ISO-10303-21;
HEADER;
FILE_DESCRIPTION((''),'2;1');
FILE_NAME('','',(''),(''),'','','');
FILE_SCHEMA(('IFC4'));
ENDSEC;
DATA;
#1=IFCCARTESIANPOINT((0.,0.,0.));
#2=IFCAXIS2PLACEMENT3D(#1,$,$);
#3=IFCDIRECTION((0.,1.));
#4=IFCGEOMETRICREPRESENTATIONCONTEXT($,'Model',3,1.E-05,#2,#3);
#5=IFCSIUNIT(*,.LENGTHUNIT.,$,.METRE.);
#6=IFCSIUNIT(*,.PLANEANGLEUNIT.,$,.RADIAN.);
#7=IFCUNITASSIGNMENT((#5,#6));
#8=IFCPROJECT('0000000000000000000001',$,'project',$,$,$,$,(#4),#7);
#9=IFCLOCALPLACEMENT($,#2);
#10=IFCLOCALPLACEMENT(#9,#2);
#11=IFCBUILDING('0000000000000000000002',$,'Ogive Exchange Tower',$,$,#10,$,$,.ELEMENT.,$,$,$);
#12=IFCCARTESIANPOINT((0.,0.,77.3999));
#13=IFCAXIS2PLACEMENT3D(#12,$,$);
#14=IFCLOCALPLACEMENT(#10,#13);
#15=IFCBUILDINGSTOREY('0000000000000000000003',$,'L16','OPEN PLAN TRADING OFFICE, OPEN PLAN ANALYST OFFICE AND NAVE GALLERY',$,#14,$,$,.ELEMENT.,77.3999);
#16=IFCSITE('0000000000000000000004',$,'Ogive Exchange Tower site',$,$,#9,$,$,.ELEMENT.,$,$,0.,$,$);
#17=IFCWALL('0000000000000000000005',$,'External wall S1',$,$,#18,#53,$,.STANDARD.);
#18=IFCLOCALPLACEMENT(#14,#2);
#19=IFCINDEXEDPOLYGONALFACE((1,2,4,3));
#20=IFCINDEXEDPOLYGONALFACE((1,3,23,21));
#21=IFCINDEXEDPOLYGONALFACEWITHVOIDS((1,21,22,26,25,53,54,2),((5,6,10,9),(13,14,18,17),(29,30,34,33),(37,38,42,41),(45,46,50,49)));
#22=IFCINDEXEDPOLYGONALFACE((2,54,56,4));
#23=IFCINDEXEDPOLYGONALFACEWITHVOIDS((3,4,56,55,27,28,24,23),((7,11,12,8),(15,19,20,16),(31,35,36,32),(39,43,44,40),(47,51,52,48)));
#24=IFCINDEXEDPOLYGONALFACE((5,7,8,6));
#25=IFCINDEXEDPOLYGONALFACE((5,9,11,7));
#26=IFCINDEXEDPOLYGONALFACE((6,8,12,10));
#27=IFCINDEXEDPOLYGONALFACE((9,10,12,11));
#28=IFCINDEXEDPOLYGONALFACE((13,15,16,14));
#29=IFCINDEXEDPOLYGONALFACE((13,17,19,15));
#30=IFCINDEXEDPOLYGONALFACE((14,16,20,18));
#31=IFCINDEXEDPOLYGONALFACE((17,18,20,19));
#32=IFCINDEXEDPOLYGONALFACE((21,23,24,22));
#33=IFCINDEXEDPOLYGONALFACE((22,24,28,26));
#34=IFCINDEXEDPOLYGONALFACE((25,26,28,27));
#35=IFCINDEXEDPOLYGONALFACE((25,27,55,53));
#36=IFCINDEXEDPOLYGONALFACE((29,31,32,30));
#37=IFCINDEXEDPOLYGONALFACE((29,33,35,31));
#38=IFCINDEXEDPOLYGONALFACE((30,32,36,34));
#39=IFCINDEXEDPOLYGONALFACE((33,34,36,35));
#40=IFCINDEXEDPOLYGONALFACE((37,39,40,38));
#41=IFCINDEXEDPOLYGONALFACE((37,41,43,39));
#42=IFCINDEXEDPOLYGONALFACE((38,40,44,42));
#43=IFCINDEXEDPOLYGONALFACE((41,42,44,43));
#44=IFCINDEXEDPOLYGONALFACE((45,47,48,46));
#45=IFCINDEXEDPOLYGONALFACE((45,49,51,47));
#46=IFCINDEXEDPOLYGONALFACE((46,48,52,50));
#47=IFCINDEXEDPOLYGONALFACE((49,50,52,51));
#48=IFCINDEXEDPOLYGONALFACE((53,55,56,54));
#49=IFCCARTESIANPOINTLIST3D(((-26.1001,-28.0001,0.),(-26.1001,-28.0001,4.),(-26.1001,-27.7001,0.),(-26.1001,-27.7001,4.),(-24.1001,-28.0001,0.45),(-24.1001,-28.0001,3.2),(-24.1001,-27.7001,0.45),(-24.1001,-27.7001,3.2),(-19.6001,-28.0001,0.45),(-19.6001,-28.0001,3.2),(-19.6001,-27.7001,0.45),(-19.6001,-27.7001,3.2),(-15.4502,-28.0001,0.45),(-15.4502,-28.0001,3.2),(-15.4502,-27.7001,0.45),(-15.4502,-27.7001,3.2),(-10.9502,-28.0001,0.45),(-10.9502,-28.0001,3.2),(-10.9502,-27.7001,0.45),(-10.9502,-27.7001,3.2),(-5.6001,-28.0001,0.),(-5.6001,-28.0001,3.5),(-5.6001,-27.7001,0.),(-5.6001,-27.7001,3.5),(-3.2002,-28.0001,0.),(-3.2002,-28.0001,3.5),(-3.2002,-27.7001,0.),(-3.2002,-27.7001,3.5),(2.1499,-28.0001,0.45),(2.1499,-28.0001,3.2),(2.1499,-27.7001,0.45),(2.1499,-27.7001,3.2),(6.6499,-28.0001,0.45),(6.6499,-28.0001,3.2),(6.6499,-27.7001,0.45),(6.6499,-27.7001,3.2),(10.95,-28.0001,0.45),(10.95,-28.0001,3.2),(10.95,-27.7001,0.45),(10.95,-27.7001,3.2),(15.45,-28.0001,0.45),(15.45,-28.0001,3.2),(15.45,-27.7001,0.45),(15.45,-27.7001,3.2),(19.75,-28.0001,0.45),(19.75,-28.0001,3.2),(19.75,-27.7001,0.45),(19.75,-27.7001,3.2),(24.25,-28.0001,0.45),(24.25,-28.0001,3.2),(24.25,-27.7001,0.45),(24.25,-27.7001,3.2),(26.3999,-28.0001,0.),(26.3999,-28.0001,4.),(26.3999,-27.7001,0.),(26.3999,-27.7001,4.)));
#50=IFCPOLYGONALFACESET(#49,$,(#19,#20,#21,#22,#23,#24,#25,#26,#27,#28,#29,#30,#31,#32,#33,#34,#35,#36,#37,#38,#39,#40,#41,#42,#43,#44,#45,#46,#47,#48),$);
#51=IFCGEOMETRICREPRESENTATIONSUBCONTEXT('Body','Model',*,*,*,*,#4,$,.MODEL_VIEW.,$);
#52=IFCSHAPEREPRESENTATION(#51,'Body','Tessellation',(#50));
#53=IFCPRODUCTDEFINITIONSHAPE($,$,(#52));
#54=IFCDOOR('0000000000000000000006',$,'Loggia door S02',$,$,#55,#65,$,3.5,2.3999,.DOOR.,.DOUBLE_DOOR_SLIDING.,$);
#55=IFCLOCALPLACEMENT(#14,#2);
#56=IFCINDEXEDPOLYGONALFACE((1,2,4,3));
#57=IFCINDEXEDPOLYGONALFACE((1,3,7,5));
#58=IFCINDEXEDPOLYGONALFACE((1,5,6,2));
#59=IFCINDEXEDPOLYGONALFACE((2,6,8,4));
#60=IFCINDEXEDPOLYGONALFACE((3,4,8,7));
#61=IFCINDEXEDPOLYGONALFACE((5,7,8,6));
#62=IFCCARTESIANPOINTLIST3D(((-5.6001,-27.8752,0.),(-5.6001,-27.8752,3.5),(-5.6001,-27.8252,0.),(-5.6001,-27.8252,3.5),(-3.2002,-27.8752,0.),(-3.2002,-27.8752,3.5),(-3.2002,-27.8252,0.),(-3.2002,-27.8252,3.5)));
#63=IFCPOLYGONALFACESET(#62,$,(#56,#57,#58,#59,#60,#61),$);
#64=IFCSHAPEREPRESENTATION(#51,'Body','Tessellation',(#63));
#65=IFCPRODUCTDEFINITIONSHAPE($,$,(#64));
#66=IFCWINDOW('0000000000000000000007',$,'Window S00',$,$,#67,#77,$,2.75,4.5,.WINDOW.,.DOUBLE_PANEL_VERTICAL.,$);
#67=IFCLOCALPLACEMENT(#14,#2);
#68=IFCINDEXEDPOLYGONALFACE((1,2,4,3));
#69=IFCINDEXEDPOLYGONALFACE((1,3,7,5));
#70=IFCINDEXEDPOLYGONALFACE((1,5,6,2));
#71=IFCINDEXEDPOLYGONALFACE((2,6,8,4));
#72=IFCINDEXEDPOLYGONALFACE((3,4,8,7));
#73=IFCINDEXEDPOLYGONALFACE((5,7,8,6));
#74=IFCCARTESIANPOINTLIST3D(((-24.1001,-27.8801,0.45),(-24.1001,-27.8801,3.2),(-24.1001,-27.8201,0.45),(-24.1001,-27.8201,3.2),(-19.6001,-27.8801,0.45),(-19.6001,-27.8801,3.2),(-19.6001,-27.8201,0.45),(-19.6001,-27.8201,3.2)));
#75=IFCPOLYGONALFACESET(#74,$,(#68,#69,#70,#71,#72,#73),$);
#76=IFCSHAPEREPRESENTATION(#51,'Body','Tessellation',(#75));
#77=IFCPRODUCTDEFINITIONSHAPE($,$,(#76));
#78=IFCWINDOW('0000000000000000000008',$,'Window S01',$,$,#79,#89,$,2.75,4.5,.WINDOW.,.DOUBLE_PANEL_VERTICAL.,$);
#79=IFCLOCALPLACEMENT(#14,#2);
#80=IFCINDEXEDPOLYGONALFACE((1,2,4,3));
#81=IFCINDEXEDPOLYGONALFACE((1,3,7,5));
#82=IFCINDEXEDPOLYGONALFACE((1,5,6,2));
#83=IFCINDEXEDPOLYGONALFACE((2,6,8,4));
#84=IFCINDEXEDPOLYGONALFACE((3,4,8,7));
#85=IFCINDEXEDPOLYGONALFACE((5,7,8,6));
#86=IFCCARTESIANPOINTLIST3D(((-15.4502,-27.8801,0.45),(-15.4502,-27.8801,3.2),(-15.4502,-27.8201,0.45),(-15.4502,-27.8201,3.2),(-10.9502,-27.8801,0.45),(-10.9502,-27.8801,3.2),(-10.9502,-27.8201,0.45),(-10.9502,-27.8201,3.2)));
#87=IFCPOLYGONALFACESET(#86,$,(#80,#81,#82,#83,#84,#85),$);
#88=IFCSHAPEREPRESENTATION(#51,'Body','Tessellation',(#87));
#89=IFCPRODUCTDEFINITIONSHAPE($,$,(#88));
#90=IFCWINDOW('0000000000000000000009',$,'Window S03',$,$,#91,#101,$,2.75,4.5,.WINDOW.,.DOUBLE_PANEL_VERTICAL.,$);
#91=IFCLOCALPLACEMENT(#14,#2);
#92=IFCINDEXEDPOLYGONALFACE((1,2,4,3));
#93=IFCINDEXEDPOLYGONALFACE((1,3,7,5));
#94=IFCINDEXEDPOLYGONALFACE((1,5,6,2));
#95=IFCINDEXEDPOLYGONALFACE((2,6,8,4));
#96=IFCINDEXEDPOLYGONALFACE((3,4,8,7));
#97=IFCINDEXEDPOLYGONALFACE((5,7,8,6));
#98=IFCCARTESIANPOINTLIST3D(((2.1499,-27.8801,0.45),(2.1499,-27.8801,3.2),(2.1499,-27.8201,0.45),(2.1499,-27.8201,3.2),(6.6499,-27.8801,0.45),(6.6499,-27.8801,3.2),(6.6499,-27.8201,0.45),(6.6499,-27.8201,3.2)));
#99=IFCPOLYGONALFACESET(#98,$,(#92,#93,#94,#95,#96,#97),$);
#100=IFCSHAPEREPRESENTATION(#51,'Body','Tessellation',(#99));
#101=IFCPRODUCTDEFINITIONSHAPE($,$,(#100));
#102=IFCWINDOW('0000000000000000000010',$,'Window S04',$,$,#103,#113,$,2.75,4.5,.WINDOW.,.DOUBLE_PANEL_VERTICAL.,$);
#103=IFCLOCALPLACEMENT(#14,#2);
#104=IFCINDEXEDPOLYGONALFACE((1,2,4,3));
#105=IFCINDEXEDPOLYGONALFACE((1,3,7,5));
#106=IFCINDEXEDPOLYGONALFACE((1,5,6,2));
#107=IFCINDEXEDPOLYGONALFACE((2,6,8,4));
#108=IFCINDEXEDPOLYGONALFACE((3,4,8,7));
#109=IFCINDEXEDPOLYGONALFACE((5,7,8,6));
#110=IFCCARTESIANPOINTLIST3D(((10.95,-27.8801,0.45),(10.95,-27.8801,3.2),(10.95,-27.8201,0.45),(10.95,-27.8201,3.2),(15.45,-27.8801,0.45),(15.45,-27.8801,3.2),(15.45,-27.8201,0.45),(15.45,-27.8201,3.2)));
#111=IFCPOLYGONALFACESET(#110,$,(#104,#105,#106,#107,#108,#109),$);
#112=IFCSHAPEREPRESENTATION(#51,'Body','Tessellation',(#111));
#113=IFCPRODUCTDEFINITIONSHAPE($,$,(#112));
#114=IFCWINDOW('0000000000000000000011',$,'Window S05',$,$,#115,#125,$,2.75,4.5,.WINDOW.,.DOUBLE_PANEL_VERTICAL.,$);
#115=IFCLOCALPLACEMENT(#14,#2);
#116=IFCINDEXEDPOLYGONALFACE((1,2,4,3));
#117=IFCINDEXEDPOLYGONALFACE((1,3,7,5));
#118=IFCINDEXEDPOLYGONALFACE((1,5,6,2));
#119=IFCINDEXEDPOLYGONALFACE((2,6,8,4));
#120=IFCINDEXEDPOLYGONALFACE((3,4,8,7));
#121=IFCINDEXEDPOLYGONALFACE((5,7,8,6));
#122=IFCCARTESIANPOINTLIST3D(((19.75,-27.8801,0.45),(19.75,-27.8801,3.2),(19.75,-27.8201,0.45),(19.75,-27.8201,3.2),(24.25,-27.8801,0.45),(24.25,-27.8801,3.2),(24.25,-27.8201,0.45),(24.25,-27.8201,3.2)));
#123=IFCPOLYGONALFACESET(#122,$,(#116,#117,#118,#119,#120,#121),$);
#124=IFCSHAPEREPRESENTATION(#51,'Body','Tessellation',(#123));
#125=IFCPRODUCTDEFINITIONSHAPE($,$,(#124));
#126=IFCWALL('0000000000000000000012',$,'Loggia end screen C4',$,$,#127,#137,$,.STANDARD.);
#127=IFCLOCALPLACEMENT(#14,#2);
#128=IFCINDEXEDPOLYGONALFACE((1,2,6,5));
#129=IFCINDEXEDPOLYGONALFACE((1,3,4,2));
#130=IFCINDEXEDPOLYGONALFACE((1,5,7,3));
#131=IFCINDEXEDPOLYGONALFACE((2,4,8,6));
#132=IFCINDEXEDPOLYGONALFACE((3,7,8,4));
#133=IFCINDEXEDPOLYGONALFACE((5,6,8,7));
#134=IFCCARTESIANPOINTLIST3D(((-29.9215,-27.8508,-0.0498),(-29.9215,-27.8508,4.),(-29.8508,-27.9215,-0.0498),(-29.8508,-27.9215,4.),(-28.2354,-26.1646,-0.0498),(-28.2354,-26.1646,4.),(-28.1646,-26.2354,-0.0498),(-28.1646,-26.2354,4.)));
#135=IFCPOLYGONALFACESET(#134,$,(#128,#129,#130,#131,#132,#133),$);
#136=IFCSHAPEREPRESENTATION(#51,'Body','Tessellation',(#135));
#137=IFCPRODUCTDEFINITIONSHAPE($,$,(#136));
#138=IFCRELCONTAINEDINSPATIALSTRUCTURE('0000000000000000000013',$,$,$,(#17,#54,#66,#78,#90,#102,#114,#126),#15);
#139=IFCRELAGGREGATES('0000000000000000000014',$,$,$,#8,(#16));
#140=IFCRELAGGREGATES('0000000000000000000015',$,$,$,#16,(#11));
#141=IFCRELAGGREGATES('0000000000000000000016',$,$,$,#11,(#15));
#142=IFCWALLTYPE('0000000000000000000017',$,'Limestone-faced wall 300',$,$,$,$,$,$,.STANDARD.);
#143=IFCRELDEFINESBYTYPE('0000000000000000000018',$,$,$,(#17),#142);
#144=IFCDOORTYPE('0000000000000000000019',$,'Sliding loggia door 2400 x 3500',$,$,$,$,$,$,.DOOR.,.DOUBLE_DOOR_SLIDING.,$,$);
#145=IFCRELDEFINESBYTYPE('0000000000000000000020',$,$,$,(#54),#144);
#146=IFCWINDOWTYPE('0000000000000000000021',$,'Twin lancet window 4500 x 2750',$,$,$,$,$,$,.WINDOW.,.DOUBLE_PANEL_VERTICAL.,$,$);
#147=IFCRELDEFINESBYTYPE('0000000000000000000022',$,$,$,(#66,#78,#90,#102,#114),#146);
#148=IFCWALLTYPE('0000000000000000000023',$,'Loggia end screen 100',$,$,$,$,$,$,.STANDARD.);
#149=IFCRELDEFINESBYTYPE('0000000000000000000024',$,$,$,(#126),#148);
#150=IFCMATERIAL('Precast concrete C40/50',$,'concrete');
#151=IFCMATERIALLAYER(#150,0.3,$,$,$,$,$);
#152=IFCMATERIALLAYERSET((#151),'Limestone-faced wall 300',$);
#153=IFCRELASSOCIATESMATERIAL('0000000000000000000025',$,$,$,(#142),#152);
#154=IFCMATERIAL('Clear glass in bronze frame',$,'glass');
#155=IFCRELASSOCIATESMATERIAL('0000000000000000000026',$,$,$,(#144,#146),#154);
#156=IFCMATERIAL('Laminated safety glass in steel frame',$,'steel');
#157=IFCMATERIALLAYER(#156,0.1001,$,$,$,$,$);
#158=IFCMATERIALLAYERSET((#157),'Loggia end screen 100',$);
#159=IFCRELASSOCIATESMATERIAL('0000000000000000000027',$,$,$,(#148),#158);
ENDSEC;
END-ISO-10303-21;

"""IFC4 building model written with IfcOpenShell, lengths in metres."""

from ifc_helpers import new_model, si_unit, direction, frame, frame_2d, origin, place, context, subcontext, project, spatial, rectangle, extrude, material, layer, layer_set, type_object, element, fill, save


model = new_model("IFC4")

# Units and contexts
model_context = context("Model", 3, precision=1e-05, world=origin(), true_north=direction((0.0, 1.0)))
body_context = subcontext(model_context, "Body", "Model", "MODEL_VIEW")
ifc_project = project(units=[si_unit("LENGTHUNIT", "METRE"), si_unit("PLANEANGLEUNIT", "RADIAN")], contexts=[model_context])

# Site, building, storey
site_placement = place(None, origin())
site = spatial("IfcSite", under=ifc_project, at=site_placement, Name="Ogive Exchange Tower site", CompositionType="ELEMENT", RefElevation=0.0)
building_placement = place(site_placement, origin())
building = spatial("IfcBuilding", under=site, at=building_placement, Name="Ogive Exchange Tower", CompositionType="ELEMENT")
storey_placement = place(building_placement, frame((0.0, 0.0, 77.3999)))
storey = spatial("IfcBuildingStorey", under=building, at=storey_placement, Name="L16", Description="OPEN PLAN TRADING OFFICE, OPEN PLAN ANALYST OFFICE AND NAVE GALLERY", CompositionType="ELEMENT", Elevation=77.3999)

# Wall, openings, door, windows
ifc_material_1 = material(Name="Precast concrete C40/50", Category="concrete")
ifc_layer_1 = layer(ifc_material_1, 0.3)
ifc_layer_set_1 = layer_set([ifc_layer_1], Name="Limestone-faced wall 300")
wall_type_1 = type_object("IfcWallType", Name="Limestone-faced wall 300", PredefinedType="STANDARD", material=ifc_layer_set_1)
wall_1_placement = place(storey_placement, frame((-26.1001, -27.8501, 0.0), z_axis=(0.0, 0.0, 1.0), x_axis=(1.0, 0.0, 0.0)))
wall_1 = element("IfcWall", 1, at=wall_1_placement, inside=storey, type_object=wall_type_1, Name="External wall S1", PredefinedType="STANDARD", context=body_context, shape_type="SweptSolid", body=[
    extrude(rectangle(XDim=52.5, YDim=0.3, at=frame_2d((26.25, 0.0))), origin(), (0.0, 0.0, 1.0), 4.0),
])
opening_1_placement = place(wall_1_placement, frame((2.0, 0.0, 0.45)))
opening_1 = element("IfcOpeningElement", 2, at=opening_1_placement, cuts=wall_1, PredefinedType="OPENING", context=body_context, shape_type="SweptSolid", body=[
    extrude(rectangle(XDim=4.5, YDim=2.75, at=frame_2d((2.25, 1.375))), frame((0.0, 0.1599, 0.0), z_axis=(0.0, -1.0, 0.0), x_axis=(1.0, 0.0, 0.0)), (0.0, 0.0, 1.0), 0.3201),
])
opening_2_placement = place(wall_1_placement, frame((10.6499, 0.0, 0.45)))
opening_2 = element("IfcOpeningElement", 3, at=opening_2_placement, cuts=wall_1, PredefinedType="OPENING", context=body_context, shape_type="SweptSolid", body=[
    extrude(rectangle(XDim=4.5, YDim=2.75, at=frame_2d((2.25, 1.375))), frame((0.0, 0.1599, 0.0), z_axis=(0.0, -1.0, 0.0), x_axis=(1.0, 0.0, 0.0)), (0.0, 0.0, 1.0), 0.3201),
])
opening_3_placement = place(wall_1_placement, frame((20.5, 0.0, 0.0)))
opening_3 = element("IfcOpeningElement", 4, at=opening_3_placement, cuts=wall_1, PredefinedType="OPENING", context=body_context, shape_type="SweptSolid", body=[
    extrude(rectangle(XDim=2.3999, YDim=3.5, at=frame_2d((1.2, 1.75))), frame((0.0, 0.1599, 0.0), z_axis=(0.0, -1.0, 0.0), x_axis=(1.0, 0.0, 0.0)), (0.0, 0.0, 1.0), 0.3201),
])
opening_4_placement = place(wall_1_placement, frame((28.25, 0.0, 0.45)))
opening_4 = element("IfcOpeningElement", 5, at=opening_4_placement, cuts=wall_1, PredefinedType="OPENING", context=body_context, shape_type="SweptSolid", body=[
    extrude(rectangle(XDim=4.5, YDim=2.75, at=frame_2d((2.25, 1.375))), frame((0.0, 0.1599, 0.0), z_axis=(0.0, -1.0, 0.0), x_axis=(1.0, 0.0, 0.0)), (0.0, 0.0, 1.0), 0.3201),
])
opening_5_placement = place(wall_1_placement, frame((37.05, 0.0, 0.45)))
opening_5 = element("IfcOpeningElement", 6, at=opening_5_placement, cuts=wall_1, PredefinedType="OPENING", context=body_context, shape_type="SweptSolid", body=[
    extrude(rectangle(XDim=4.5, YDim=2.75, at=frame_2d((2.25, 1.375))), frame((0.0, 0.1599, 0.0), z_axis=(0.0, -1.0, 0.0), x_axis=(1.0, 0.0, 0.0)), (0.0, 0.0, 1.0), 0.3201),
])
opening_6_placement = place(wall_1_placement, frame((45.8501, 0.0, 0.45)))
opening_6 = element("IfcOpeningElement", 7, at=opening_6_placement, cuts=wall_1, PredefinedType="OPENING", context=body_context, shape_type="SweptSolid", body=[
    extrude(rectangle(XDim=4.5, YDim=2.75, at=frame_2d((2.25, 1.375))), frame((0.0, 0.1599, 0.0), z_axis=(0.0, -1.0, 0.0), x_axis=(1.0, 0.0, 0.0)), (0.0, 0.0, 1.0), 0.3201),
])
ifc_material_2 = material(Name="Clear glass in bronze frame", Category="glass")
door_type = type_object("IfcDoorType", Name="Sliding loggia door 2400 x 3500", OperationType="DOUBLE_DOOR_SLIDING", PredefinedType="DOOR", material=ifc_material_2)
door_placement = place(opening_3_placement, origin())
door = element("IfcDoor", 8, at=door_placement, inside=storey, type_object=door_type, Name="Loggia door S02", OperationType="DOUBLE_DOOR_SLIDING", OverallHeight=3.5, OverallWidth=2.3999, PredefinedType="DOOR", context=body_context, shape_type="SweptSolid", body=[
    extrude(rectangle(XDim=2.3999, YDim=3.5, at=frame_2d((1.2, 1.75))), frame((0.0, 0.0249, 0.0), z_axis=(0.0, -1.0, 0.0), x_axis=(1.0, 0.0, 0.0)), (0.0, 0.0, 1.0), 0.05),
])
fill(opening_3, door)
window_type = type_object("IfcWindowType", Name="Twin lancet window 4500 x 2750", PartitioningType="DOUBLE_PANEL_VERTICAL", PredefinedType="WINDOW", material=ifc_material_2)
window_1_placement = place(opening_1_placement, origin())
window_1 = element("IfcWindow", 9, at=window_1_placement, inside=storey, type_object=window_type, Name="Window S00", OverallHeight=2.75, OverallWidth=4.5, PartitioningType="DOUBLE_PANEL_VERTICAL", PredefinedType="WINDOW", context=body_context, shape_type="SweptSolid", body=[
    extrude(rectangle(XDim=4.5, YDim=2.75, at=frame_2d((2.25, 1.375))), frame((0.0, 0.03, 0.0), z_axis=(0.0, -1.0, 0.0), x_axis=(1.0, 0.0, 0.0)), (0.0, 0.0, 1.0), 0.0601),
])
fill(opening_1, window_1)
window_2_placement = place(opening_2_placement, origin())
window_2 = element("IfcWindow", 10, at=window_2_placement, inside=storey, type_object=window_type, Name="Window S01", OverallHeight=2.75, OverallWidth=4.5, PartitioningType="DOUBLE_PANEL_VERTICAL", PredefinedType="WINDOW", context=body_context, shape_type="SweptSolid", body=[
    extrude(rectangle(XDim=4.5, YDim=2.75, at=frame_2d((2.25, 1.375))), frame((0.0, 0.03, 0.0), z_axis=(0.0, -1.0, 0.0), x_axis=(1.0, 0.0, 0.0)), (0.0, 0.0, 1.0), 0.0601),
])
fill(opening_2, window_2)
window_3_placement = place(opening_4_placement, origin())
window_3 = element("IfcWindow", 11, at=window_3_placement, inside=storey, type_object=window_type, Name="Window S03", OverallHeight=2.75, OverallWidth=4.5, PartitioningType="DOUBLE_PANEL_VERTICAL", PredefinedType="WINDOW", context=body_context, shape_type="SweptSolid", body=[
    extrude(rectangle(XDim=4.5, YDim=2.75, at=frame_2d((2.25, 1.375))), frame((0.0, 0.03, 0.0), z_axis=(0.0, -1.0, 0.0), x_axis=(1.0, 0.0, 0.0)), (0.0, 0.0, 1.0), 0.0601),
])
fill(opening_4, window_3)
window_4_placement = place(opening_5_placement, origin())
window_4 = element("IfcWindow", 12, at=window_4_placement, inside=storey, type_object=window_type, Name="Window S04", OverallHeight=2.75, OverallWidth=4.5, PartitioningType="DOUBLE_PANEL_VERTICAL", PredefinedType="WINDOW", context=body_context, shape_type="SweptSolid", body=[
    extrude(rectangle(XDim=4.5, YDim=2.75, at=frame_2d((2.25, 1.375))), frame((0.0, 0.03, 0.0), z_axis=(0.0, -1.0, 0.0), x_axis=(1.0, 0.0, 0.0)), (0.0, 0.0, 1.0), 0.0601),
])
fill(opening_5, window_4)
window_5_placement = place(opening_6_placement, origin())
window_5 = element("IfcWindow", 13, at=window_5_placement, inside=storey, type_object=window_type, Name="Window S05", OverallHeight=2.75, OverallWidth=4.5, PartitioningType="DOUBLE_PANEL_VERTICAL", PredefinedType="WINDOW", context=body_context, shape_type="SweptSolid", body=[
    extrude(rectangle(XDim=4.5, YDim=2.75, at=frame_2d((2.25, 1.375))), frame((0.0, 0.03, 0.0), z_axis=(0.0, -1.0, 0.0), x_axis=(1.0, 0.0, 0.0)), (0.0, 0.0, 1.0), 0.0601),
])
fill(opening_6, window_5)

# Wall
ifc_material_3 = material(Name="Laminated safety glass in steel frame", Category="steel")
ifc_layer_2 = layer(ifc_material_3, 0.1001)
ifc_layer_set_2 = layer_set([ifc_layer_2], Name="Loggia end screen 100")
wall_type_2 = type_object("IfcWallType", Name="Loggia end screen 100", PredefinedType="STANDARD", material=ifc_layer_set_2)
wall_2_placement = place(storey_placement, frame((-28.2, -26.2, -0.0498), z_axis=(0.0, 0.0, 1.0), x_axis=(-0.707107, -0.707107, 0.0)))
element("IfcWall", 14, at=wall_2_placement, inside=storey, type_object=wall_type_2, Name="Loggia end screen C4", PredefinedType="STANDARD", context=body_context, shape_type="SweptSolid", body=[
    extrude(rectangle(XDim=2.3845, YDim=0.1001, at=frame_2d((1.1924, 0.0))), origin(), (0.0, 0.0, 1.0), 4.0498),
])

save(model, "model.ifc")
